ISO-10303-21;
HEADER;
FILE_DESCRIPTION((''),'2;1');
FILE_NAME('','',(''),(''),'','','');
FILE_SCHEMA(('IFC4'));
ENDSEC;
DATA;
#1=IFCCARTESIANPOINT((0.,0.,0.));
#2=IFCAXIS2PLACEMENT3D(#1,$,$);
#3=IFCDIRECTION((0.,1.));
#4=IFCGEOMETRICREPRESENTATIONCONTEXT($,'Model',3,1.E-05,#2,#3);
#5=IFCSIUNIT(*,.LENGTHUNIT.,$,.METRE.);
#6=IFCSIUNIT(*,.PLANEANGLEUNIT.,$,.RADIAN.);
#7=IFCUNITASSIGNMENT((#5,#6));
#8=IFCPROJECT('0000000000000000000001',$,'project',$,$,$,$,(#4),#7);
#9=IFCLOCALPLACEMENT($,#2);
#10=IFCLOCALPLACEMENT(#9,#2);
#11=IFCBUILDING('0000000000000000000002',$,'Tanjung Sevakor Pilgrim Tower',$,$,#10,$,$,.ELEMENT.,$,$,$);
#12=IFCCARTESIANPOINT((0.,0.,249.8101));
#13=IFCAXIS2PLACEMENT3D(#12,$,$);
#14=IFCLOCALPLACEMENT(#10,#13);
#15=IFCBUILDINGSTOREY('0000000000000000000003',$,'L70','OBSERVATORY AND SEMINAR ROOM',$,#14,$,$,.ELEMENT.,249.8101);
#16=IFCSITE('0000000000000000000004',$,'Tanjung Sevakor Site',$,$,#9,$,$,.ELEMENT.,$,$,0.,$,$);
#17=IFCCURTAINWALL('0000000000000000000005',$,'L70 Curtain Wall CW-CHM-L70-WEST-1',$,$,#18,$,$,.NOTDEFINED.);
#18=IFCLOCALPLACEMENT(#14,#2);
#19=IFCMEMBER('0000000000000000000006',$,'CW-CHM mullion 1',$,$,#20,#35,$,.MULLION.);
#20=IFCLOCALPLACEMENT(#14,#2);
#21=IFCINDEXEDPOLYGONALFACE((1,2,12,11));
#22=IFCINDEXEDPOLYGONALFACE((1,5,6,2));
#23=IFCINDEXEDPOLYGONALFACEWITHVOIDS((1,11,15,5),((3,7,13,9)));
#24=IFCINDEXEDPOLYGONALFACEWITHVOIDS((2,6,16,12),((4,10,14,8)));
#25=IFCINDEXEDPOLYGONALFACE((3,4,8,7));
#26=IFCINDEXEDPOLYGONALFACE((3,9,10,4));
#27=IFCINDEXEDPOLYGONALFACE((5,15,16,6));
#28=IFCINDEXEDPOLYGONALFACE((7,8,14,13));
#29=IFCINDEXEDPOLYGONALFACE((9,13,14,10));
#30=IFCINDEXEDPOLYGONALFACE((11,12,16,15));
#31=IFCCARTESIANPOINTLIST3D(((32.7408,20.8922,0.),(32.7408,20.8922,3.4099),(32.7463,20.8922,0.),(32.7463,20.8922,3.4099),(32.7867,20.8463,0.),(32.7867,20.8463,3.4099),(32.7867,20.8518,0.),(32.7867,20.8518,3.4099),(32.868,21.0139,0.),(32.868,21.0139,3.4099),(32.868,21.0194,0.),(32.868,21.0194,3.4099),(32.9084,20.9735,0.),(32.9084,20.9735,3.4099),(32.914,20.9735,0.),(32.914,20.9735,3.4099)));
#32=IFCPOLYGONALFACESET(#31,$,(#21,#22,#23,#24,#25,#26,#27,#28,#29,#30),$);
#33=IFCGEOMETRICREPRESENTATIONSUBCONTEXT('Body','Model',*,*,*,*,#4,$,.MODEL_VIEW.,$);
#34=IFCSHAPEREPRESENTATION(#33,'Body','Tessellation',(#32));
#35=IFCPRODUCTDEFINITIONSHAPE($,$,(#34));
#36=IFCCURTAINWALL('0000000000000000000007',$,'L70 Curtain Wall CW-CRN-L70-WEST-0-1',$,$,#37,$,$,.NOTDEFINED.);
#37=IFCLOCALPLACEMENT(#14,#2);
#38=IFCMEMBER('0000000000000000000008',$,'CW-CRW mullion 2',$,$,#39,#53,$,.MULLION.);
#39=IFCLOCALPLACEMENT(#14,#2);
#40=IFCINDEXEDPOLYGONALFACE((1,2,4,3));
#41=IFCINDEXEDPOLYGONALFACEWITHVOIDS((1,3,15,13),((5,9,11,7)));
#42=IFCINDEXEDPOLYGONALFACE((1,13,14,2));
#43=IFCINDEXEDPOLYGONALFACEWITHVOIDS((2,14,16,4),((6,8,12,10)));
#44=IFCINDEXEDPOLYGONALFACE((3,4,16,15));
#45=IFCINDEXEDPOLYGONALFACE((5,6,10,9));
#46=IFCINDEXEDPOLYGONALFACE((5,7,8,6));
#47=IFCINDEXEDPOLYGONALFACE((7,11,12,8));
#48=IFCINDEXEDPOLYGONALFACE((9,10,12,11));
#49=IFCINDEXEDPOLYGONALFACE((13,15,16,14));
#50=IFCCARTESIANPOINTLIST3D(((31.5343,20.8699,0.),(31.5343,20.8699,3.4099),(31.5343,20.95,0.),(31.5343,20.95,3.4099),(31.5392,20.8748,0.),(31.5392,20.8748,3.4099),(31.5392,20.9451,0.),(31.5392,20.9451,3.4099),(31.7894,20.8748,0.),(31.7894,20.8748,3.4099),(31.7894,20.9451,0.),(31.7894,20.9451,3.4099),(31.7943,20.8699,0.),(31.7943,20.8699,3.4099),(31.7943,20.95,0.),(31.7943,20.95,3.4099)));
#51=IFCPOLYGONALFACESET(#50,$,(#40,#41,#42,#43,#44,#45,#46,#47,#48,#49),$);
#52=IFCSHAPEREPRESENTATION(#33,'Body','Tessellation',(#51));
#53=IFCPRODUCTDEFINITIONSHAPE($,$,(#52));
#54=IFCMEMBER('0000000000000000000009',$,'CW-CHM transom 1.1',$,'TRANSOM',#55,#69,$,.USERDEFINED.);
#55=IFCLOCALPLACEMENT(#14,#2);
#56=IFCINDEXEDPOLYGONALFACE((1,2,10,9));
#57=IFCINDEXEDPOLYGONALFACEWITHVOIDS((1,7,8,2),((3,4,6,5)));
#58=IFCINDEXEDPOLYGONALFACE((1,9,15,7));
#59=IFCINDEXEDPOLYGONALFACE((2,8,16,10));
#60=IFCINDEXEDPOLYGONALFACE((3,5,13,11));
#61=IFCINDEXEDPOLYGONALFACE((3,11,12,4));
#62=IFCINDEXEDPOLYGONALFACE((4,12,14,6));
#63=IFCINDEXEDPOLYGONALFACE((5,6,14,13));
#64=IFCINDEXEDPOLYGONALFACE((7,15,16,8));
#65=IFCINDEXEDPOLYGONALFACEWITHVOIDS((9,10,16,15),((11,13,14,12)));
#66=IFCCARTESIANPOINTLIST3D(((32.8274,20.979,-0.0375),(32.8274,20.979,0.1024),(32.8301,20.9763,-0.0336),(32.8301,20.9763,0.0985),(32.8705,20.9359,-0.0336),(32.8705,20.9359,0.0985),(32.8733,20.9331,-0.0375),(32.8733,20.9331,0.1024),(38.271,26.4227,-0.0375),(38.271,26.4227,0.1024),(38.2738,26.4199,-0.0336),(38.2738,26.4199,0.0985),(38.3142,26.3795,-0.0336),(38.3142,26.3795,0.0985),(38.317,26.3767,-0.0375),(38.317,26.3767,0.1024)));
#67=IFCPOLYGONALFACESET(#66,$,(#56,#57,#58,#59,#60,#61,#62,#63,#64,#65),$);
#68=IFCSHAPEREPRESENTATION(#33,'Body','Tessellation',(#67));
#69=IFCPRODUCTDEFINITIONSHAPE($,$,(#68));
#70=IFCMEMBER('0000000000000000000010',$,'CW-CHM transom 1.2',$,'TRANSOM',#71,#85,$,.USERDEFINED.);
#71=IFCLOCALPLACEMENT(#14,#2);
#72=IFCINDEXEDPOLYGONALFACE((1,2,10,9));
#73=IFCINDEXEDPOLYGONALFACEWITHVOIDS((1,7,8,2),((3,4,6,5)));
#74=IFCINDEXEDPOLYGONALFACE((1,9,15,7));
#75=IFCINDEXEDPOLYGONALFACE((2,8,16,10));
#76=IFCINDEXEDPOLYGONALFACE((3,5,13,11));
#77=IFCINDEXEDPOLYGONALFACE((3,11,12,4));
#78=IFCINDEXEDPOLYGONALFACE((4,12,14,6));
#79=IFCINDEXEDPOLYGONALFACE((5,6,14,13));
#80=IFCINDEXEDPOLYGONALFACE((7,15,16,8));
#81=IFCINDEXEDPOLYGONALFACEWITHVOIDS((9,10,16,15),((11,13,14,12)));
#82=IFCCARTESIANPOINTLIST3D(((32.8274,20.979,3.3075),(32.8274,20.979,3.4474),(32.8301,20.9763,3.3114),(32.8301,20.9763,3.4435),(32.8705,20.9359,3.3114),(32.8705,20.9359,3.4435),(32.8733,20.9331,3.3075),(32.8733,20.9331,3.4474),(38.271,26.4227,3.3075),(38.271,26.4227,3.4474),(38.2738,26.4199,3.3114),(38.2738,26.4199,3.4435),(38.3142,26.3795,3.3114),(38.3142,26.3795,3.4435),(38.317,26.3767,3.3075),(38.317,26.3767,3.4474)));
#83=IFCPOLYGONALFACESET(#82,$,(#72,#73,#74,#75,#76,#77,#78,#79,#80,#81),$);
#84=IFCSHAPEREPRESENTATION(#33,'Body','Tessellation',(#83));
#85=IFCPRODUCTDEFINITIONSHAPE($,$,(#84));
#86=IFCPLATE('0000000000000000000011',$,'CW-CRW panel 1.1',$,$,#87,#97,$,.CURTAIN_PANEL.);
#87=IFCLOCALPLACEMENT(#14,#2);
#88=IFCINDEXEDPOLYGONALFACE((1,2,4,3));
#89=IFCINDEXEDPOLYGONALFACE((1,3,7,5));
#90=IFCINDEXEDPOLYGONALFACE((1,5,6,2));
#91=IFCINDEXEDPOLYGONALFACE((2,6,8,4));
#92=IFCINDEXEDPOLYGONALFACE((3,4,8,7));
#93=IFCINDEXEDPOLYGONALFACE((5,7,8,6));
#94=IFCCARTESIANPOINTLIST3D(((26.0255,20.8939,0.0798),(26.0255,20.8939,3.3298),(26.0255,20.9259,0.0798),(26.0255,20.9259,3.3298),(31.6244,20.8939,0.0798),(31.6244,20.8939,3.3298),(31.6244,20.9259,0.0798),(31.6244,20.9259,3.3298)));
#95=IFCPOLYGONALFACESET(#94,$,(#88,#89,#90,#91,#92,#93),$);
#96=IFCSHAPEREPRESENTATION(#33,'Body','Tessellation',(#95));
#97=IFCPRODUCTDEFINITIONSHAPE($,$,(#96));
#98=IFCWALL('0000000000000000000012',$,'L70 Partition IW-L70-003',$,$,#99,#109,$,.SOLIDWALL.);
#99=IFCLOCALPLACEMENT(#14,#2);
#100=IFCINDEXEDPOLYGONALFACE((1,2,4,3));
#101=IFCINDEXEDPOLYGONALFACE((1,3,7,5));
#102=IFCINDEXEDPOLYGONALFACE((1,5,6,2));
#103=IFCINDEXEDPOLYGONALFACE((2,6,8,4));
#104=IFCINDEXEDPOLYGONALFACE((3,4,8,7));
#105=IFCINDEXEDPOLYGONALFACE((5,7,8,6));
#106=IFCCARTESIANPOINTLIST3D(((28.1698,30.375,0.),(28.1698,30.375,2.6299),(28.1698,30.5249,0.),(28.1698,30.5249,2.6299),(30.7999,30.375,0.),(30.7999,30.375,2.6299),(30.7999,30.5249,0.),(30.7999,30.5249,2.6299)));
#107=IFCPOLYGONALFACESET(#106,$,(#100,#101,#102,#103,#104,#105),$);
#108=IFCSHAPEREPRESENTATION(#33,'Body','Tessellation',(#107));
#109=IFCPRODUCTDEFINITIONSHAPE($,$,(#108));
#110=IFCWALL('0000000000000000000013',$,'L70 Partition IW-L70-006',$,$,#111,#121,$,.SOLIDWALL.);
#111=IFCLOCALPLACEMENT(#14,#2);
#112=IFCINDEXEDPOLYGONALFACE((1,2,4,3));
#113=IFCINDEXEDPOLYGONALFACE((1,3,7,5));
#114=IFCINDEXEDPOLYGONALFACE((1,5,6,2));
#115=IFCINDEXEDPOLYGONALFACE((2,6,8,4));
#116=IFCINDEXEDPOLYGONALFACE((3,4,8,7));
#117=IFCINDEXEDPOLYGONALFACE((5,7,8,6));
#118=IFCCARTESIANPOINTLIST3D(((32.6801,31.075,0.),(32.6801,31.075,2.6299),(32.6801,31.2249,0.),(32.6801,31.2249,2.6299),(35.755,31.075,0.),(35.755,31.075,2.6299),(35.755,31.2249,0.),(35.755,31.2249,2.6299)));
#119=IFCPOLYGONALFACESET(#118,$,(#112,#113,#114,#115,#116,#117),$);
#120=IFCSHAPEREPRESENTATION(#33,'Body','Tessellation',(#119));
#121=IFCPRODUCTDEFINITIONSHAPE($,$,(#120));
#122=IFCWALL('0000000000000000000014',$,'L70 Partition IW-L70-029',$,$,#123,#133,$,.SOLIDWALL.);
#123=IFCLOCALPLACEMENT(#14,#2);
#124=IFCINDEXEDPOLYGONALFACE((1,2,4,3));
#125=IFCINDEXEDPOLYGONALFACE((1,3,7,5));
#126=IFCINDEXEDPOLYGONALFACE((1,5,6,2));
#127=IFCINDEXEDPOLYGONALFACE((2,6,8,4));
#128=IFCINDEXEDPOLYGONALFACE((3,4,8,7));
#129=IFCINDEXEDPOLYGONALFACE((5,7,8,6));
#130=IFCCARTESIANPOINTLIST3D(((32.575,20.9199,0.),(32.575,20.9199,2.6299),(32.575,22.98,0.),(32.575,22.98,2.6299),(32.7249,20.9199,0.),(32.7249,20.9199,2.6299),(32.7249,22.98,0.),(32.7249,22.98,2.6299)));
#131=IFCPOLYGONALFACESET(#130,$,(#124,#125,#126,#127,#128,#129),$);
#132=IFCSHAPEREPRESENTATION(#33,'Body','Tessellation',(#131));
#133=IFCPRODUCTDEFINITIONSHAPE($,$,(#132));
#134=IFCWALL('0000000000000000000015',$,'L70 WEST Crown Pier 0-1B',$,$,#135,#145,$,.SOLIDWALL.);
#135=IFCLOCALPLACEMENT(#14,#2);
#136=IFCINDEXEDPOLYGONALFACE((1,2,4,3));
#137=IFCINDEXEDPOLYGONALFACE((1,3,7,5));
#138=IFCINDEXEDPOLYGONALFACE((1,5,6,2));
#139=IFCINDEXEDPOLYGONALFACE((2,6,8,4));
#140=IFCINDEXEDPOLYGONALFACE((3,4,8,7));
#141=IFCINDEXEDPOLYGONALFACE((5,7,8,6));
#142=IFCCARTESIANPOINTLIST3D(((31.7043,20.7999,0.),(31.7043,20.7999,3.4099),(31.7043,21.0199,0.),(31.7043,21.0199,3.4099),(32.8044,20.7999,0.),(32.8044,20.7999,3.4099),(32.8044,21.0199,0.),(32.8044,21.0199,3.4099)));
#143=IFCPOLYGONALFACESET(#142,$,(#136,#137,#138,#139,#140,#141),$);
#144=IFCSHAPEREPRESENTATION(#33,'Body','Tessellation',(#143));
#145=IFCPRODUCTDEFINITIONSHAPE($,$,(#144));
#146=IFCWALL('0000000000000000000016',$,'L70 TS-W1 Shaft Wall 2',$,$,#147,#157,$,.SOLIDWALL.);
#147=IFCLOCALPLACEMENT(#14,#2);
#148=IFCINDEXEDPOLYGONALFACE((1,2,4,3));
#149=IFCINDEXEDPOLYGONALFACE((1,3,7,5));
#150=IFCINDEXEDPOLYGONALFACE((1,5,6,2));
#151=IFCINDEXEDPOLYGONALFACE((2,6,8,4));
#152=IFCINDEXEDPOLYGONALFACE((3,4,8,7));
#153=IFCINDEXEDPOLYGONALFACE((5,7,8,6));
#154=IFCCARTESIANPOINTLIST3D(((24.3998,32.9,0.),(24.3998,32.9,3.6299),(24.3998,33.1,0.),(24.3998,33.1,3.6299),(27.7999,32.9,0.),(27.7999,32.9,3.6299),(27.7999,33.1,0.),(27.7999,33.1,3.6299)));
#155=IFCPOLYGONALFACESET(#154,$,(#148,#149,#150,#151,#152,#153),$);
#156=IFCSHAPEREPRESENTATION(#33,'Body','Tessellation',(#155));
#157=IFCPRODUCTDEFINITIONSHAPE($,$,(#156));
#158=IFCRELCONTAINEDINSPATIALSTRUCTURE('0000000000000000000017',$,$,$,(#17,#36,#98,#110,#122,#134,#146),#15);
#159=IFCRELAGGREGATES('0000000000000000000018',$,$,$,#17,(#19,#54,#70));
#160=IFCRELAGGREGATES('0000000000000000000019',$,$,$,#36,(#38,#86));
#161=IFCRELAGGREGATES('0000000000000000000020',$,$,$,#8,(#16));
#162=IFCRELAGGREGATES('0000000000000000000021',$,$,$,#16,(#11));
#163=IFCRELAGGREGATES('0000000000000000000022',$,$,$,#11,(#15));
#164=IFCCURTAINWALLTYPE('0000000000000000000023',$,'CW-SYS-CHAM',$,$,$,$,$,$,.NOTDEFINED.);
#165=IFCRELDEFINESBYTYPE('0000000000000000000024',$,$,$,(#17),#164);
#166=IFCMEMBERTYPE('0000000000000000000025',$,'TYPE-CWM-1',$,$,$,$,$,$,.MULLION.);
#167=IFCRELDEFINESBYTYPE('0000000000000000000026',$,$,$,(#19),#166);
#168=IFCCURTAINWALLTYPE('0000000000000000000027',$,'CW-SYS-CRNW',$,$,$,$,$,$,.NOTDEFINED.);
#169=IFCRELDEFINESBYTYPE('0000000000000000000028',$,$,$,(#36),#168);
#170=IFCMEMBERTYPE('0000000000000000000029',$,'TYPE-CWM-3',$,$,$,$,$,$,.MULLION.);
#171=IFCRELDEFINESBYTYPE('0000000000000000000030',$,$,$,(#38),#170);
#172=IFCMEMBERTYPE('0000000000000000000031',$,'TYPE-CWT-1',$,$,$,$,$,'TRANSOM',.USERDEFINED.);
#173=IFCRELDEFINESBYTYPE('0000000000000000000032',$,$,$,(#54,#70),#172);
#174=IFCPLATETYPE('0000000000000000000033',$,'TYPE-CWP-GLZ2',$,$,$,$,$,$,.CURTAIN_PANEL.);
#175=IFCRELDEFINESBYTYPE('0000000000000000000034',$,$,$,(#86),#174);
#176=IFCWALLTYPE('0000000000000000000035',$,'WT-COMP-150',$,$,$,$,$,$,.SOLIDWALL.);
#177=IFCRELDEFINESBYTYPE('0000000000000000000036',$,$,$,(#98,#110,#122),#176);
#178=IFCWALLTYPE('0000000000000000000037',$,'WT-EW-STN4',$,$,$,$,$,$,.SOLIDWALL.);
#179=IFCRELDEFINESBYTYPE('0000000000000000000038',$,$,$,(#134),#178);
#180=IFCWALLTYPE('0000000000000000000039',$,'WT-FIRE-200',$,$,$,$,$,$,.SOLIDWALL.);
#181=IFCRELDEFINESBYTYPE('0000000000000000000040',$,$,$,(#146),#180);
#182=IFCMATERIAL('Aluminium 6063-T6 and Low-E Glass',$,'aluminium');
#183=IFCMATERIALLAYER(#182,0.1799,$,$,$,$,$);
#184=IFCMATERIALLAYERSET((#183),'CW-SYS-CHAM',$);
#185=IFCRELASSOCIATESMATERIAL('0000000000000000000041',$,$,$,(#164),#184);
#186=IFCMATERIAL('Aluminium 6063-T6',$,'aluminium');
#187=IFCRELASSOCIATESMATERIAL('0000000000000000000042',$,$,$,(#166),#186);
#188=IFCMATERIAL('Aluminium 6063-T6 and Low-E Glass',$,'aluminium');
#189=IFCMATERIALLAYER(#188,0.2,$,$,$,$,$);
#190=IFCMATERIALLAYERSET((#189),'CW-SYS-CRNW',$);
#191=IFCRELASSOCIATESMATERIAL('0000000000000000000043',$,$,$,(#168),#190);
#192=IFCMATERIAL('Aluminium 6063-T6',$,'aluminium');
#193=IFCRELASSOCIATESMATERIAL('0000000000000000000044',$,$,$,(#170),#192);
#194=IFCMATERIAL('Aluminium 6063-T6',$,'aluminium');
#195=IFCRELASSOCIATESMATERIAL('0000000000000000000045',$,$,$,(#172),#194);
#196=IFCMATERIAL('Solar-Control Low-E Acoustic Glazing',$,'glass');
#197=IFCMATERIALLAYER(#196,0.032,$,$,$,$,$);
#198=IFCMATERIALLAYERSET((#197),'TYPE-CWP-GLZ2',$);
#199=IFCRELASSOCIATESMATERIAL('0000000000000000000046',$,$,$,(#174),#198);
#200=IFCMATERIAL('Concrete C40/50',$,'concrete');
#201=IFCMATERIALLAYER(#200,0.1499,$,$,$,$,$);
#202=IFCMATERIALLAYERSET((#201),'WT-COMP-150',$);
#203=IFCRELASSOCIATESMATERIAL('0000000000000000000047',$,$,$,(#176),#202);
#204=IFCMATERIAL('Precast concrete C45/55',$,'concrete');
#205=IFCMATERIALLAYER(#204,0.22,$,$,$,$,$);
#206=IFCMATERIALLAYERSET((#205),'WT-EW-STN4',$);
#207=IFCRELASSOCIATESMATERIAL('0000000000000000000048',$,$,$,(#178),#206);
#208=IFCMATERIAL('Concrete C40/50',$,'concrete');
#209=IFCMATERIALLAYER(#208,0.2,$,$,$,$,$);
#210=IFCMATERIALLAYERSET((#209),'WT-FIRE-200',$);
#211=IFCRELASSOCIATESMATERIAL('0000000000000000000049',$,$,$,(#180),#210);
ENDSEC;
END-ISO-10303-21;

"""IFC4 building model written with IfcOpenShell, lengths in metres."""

from ifc_helpers import new_model, si_unit, direction, frame, frame_2d, origin, origin_2d, place, context, subcontext, project, spatial, rectangle, hollow_rectangle, extrude, material, layer, layer_set, material_profile, profile_set, type_object, element, aggregate, save


model = new_model("IFC4")

# Units and contexts
model_context = context("Model", 3, precision=1e-05, world=origin(), true_north=direction((0.0, 1.0)))
body_context = subcontext(model_context, "Body", "Model", "MODEL_VIEW")
ifc_project = project(units=[si_unit("LENGTHUNIT", "METRE"), si_unit("PLANEANGLEUNIT", "RADIAN")], contexts=[model_context])

# Site, building, storey
site_placement = place(None, origin())
site = spatial("IfcSite", under=ifc_project, at=site_placement, Name="Tanjung Sevakor Site", CompositionType="ELEMENT", RefElevation=0.0)
building_placement = place(site_placement, origin())
building = spatial("IfcBuilding", under=site, at=building_placement, Name="Tanjung Sevakor Pilgrim Tower", CompositionType="ELEMENT")
storey_placement = place(building_placement, frame((0.0, 0.0, 249.8101)))
storey = spatial("IfcBuildingStorey", under=building, at=storey_placement, Name="L70", Description="OBSERVATORY AND SEMINAR ROOM", CompositionType="ELEMENT", Elevation=249.8101)

# Curtain walls, members
ifc_material_1 = material(Name="Aluminium 6063-T6 and Low-E Glass", Category="aluminium")
ifc_layer_1 = layer(ifc_material_1, 0.1799)
ifc_layer_set_1 = layer_set([ifc_layer_1], Name="CW-SYS-CHAM")
curtain_wall_type_1 = type_object("IfcCurtainWallType", Name="CW-SYS-CHAM", PredefinedType="NOTDEFINED", material=ifc_layer_set_1)
curtain_wall_1_placement = place(storey_placement, origin())
curtain_wall_1 = element("IfcCurtainWall", 1, at=curtain_wall_1_placement, inside=storey, type_object=curtain_wall_type_1, Name="L70 Curtain Wall CW-CHM-L70-WEST-1", PredefinedType="NOTDEFINED")
ifc_material_2 = material(Name="Aluminium 6063-T6", Category="aluminium")
ifc_material_profile_1 = material_profile(ifc_material_2, hollow_rectangle(XDim=0.0649, YDim=0.1799, WallThickness=0.0039, at=origin_2d()))
ifc_profile_set_1 = profile_set([ifc_material_profile_1], Name="Aluminium 6063-T6")
member_type_1 = type_object("IfcMemberType", Name="TYPE-CWM-1", PredefinedType="MULLION", material=ifc_profile_set_1)
member_1_placement = place(storey_placement, frame((32.8274, 20.9329, 0.0), z_axis=(0.0, 0.0, 1.0), x_axis=(-0.707107, 0.707107, 0.0)))
member_1 = element("IfcMember", 2, at=member_1_placement, type_object=member_type_1, Name="CW-CHM mullion 1", PredefinedType="MULLION", context=body_context, shape_type="SweptSolid", body=[
    extrude(hollow_rectangle(XDim=0.0649, YDim=0.1799, WallThickness=0.0039, at=origin_2d()), origin(), (0.0, 0.0, 1.0), 3.4099),
])
ifc_material_3 = material(Name="Aluminium 6063-T6 and Low-E Glass", Category="aluminium")
ifc_layer_2 = layer(ifc_material_3, 0.2)
ifc_layer_set_2 = layer_set([ifc_layer_2], Name="CW-SYS-CRNW")
curtain_wall_type_2 = type_object("IfcCurtainWallType", Name="CW-SYS-CRNW", PredefinedType="NOTDEFINED", material=ifc_layer_set_2)
curtain_wall_2_placement = place(storey_placement, origin())
curtain_wall_2 = element("IfcCurtainWall", 3, at=curtain_wall_2_placement, inside=storey, type_object=curtain_wall_type_2, Name="L70 Curtain Wall CW-CRN-L70-WEST-0-1", PredefinedType="NOTDEFINED")
ifc_material_4 = material(Name="Aluminium 6063-T6", Category="aluminium")
ifc_material_profile_2 = material_profile(ifc_material_4, hollow_rectangle(XDim=0.0801, YDim=0.26, WallThickness=0.0049, at=origin_2d()))
ifc_profile_set_2 = profile_set([ifc_material_profile_2], Name="Aluminium 6063-T6")
member_type_2 = type_object("IfcMemberType", Name="TYPE-CWM-3", PredefinedType="MULLION", material=ifc_profile_set_2)
member_2_placement = place(storey_placement, frame((31.6643, 20.9099, 0.0), z_axis=(0.0, 0.0, 1.0), x_axis=(0.0, 1.0, 0.0)))
member_2 = element("IfcMember", 4, at=member_2_placement, type_object=member_type_2, Name="CW-CRW mullion 2", PredefinedType="MULLION", context=body_context, shape_type="SweptSolid", body=[
    extrude(hollow_rectangle(XDim=0.0801, YDim=0.26, WallThickness=0.0049, at=origin_2d()), origin(), (0.0, 0.0, 1.0), 3.4099),
])

# Members
ifc_material_5 = material(Name="Aluminium 6063-T6", Category="aluminium")
ifc_material_profile_3 = material_profile(ifc_material_5, hollow_rectangle(XDim=0.0649, YDim=0.1399, WallThickness=0.0039, at=origin_2d()))
ifc_profile_set_3 = profile_set([ifc_material_profile_3], Name="Aluminium 6063-T6")
member_type_3 = type_object("IfcMemberType", Name="TYPE-CWT-1", ElementType="TRANSOM", PredefinedType="USERDEFINED", material=ifc_profile_set_3)
member_3_placement = place(storey_placement, frame((32.8503, 20.9561, 0.0325), z_axis=(0.707107, 0.707107, 0.0), x_axis=(-0.707107, 0.707107, 0.0)))
member_3 = element("IfcMember", 5, at=member_3_placement, type_object=member_type_3, Name="CW-CHM transom 1.1", ObjectType="TRANSOM", PredefinedType="USERDEFINED", context=body_context, shape_type="SweptSolid", body=[
    extrude(hollow_rectangle(XDim=0.0649, YDim=0.1399, WallThickness=0.0039, at=origin_2d()), origin(), (0.0, 0.0, 1.0), 7.6985),
])
member_4_placement = place(storey_placement, frame((32.8503, 20.9561, 3.3774), z_axis=(0.707107, 0.707107, 0.0), x_axis=(-0.707107, 0.707107, 0.0)))
member_4 = element("IfcMember", 6, at=member_4_placement, type_object=member_type_3, Name="CW-CHM transom 1.2", ObjectType="TRANSOM", PredefinedType="USERDEFINED", context=body_context, shape_type="SweptSolid", body=[
    extrude(hollow_rectangle(XDim=0.0649, YDim=0.1399, WallThickness=0.0039, at=origin_2d()), origin(), (0.0, 0.0, 1.0), 7.6985),
])
aggregate(curtain_wall_1, [member_1, member_3, member_4])

# Plate
ifc_material_6 = material(Name="Solar-Control Low-E Acoustic Glazing", Category="glass")
ifc_layer_3 = layer(ifc_material_6, 0.032)
ifc_layer_set_3 = layer_set([ifc_layer_3], Name="TYPE-CWP-GLZ2")
plate_type = type_object("IfcPlateType", Name="TYPE-CWP-GLZ2", PredefinedType="CURTAIN_PANEL", material=ifc_layer_set_3)
plate_placement = place(storey_placement, frame((28.825, 20.9099, 0.0798), z_axis=(0.0, 0.0, 1.0), x_axis=(1.0, 0.0, 0.0)))
plate = element("IfcPlate", 7, at=plate_placement, type_object=plate_type, Name="CW-CRW panel 1.1", PredefinedType="CURTAIN_PANEL", context=body_context, shape_type="SweptSolid", body=[
    extrude(rectangle(XDim=5.5989, YDim=0.032, at=origin_2d()), origin(), (0.0, 0.0, 1.0), 3.25),
])
aggregate(curtain_wall_2, [member_2, plate])

# Wall
ifc_material_7 = material(Name="Concrete C40/50", Category="concrete")
ifc_layer_4 = layer(ifc_material_7, 0.1499)
ifc_layer_set_4 = layer_set([ifc_layer_4], Name="WT-COMP-150")
wall_type_1 = type_object("IfcWallType", Name="WT-COMP-150", PredefinedType="SOLIDWALL", material=ifc_layer_set_4)
wall_1_placement = place(storey_placement, frame((28.1699, 30.45, 0.0), z_axis=(0.0, 0.0, 1.0), x_axis=(1.0, 0.0, 0.0)))
element("IfcWall", 8, at=wall_1_placement, inside=storey, type_object=wall_type_1, Name="L70 Partition IW-L70-003", PredefinedType="SOLIDWALL", context=body_context, shape_type="SweptSolid", body=[
    extrude(rectangle(XDim=2.6301, YDim=0.1499, at=frame_2d((1.3149, 0.0))), origin(), (0.0, 0.0, 1.0), 2.6299),
])

# Wall
wall_2_placement = place(storey_placement, frame((32.6799, 31.1499, 0.0), z_axis=(0.0, 0.0, 1.0), x_axis=(1.0, 0.0, 0.0)))
element("IfcWall", 9, at=wall_2_placement, inside=storey, type_object=wall_type_1, Name="L70 Partition IW-L70-006", PredefinedType="SOLIDWALL", context=body_context, shape_type="SweptSolid", body=[
    extrude(rectangle(XDim=3.075, YDim=0.1499, at=frame_2d((1.5376, 0.0))), origin(), (0.0, 0.0, 1.0), 2.6299),
])

# Walls
wall_3_placement = place(storey_placement, frame((32.6499, 20.9199, 0.0), z_axis=(0.0, 0.0, 1.0), x_axis=(0.0, 1.0, 0.0)))
element("IfcWall", 10, at=wall_3_placement, inside=storey, type_object=wall_type_1, Name="L70 Partition IW-L70-029", PredefinedType="SOLIDWALL", context=body_context, shape_type="SweptSolid", body=[
    extrude(rectangle(XDim=2.0601, YDim=0.1499, at=frame_2d((1.03, 0.0))), origin(), (0.0, 0.0, 1.0), 2.6299),
])
ifc_material_8 = material(Name="Precast concrete C45/55", Category="concrete")
ifc_layer_5 = layer(ifc_material_8, 0.22)
ifc_layer_set_5 = layer_set([ifc_layer_5], Name="WT-EW-STN4")
wall_type_2 = type_object("IfcWallType", Name="WT-EW-STN4", PredefinedType="SOLIDWALL", material=ifc_layer_set_5)
wall_4_placement = place(storey_placement, frame((31.7043, 20.9099, 0.0), z_axis=(0.0, 0.0, 1.0), x_axis=(1.0, 0.0, 0.0)))
element("IfcWall", 11, at=wall_4_placement, inside=storey, type_object=wall_type_2, Name="L70 WEST Crown Pier 0-1B", PredefinedType="SOLIDWALL", context=body_context, shape_type="SweptSolid", body=[
    extrude(rectangle(XDim=1.1001, YDim=0.22, at=frame_2d((0.55, 0.0))), origin(), (0.0, 0.0, 1.0), 3.4099),
])
ifc_material_9 = material(Name="Concrete C40/50", Category="concrete")
ifc_layer_6 = layer(ifc_material_9, 0.2)
ifc_layer_set_6 = layer_set([ifc_layer_6], Name="WT-FIRE-200")
wall_type_3 = type_object("IfcWallType", Name="WT-FIRE-200", PredefinedType="SOLIDWALL", material=ifc_layer_set_6)
wall_5_placement = place(storey_placement, frame((27.8, 33.0, 0.0), z_axis=(0.0, 0.0, 1.0), x_axis=(-1.0, 0.0, 0.0)))
element("IfcWall", 12, at=wall_5_placement, inside=storey, type_object=wall_type_3, Name="L70 TS-W1 Shaft Wall 2", PredefinedType="SOLIDWALL", context=body_context, shape_type="SweptSolid", body=[
    extrude(rectangle(XDim=3.4001, YDim=0.2, at=frame_2d((1.7002, 0.0))), origin(), (0.0, 0.0, 1.0), 3.6299),
])

save(model, "model.ifc")
